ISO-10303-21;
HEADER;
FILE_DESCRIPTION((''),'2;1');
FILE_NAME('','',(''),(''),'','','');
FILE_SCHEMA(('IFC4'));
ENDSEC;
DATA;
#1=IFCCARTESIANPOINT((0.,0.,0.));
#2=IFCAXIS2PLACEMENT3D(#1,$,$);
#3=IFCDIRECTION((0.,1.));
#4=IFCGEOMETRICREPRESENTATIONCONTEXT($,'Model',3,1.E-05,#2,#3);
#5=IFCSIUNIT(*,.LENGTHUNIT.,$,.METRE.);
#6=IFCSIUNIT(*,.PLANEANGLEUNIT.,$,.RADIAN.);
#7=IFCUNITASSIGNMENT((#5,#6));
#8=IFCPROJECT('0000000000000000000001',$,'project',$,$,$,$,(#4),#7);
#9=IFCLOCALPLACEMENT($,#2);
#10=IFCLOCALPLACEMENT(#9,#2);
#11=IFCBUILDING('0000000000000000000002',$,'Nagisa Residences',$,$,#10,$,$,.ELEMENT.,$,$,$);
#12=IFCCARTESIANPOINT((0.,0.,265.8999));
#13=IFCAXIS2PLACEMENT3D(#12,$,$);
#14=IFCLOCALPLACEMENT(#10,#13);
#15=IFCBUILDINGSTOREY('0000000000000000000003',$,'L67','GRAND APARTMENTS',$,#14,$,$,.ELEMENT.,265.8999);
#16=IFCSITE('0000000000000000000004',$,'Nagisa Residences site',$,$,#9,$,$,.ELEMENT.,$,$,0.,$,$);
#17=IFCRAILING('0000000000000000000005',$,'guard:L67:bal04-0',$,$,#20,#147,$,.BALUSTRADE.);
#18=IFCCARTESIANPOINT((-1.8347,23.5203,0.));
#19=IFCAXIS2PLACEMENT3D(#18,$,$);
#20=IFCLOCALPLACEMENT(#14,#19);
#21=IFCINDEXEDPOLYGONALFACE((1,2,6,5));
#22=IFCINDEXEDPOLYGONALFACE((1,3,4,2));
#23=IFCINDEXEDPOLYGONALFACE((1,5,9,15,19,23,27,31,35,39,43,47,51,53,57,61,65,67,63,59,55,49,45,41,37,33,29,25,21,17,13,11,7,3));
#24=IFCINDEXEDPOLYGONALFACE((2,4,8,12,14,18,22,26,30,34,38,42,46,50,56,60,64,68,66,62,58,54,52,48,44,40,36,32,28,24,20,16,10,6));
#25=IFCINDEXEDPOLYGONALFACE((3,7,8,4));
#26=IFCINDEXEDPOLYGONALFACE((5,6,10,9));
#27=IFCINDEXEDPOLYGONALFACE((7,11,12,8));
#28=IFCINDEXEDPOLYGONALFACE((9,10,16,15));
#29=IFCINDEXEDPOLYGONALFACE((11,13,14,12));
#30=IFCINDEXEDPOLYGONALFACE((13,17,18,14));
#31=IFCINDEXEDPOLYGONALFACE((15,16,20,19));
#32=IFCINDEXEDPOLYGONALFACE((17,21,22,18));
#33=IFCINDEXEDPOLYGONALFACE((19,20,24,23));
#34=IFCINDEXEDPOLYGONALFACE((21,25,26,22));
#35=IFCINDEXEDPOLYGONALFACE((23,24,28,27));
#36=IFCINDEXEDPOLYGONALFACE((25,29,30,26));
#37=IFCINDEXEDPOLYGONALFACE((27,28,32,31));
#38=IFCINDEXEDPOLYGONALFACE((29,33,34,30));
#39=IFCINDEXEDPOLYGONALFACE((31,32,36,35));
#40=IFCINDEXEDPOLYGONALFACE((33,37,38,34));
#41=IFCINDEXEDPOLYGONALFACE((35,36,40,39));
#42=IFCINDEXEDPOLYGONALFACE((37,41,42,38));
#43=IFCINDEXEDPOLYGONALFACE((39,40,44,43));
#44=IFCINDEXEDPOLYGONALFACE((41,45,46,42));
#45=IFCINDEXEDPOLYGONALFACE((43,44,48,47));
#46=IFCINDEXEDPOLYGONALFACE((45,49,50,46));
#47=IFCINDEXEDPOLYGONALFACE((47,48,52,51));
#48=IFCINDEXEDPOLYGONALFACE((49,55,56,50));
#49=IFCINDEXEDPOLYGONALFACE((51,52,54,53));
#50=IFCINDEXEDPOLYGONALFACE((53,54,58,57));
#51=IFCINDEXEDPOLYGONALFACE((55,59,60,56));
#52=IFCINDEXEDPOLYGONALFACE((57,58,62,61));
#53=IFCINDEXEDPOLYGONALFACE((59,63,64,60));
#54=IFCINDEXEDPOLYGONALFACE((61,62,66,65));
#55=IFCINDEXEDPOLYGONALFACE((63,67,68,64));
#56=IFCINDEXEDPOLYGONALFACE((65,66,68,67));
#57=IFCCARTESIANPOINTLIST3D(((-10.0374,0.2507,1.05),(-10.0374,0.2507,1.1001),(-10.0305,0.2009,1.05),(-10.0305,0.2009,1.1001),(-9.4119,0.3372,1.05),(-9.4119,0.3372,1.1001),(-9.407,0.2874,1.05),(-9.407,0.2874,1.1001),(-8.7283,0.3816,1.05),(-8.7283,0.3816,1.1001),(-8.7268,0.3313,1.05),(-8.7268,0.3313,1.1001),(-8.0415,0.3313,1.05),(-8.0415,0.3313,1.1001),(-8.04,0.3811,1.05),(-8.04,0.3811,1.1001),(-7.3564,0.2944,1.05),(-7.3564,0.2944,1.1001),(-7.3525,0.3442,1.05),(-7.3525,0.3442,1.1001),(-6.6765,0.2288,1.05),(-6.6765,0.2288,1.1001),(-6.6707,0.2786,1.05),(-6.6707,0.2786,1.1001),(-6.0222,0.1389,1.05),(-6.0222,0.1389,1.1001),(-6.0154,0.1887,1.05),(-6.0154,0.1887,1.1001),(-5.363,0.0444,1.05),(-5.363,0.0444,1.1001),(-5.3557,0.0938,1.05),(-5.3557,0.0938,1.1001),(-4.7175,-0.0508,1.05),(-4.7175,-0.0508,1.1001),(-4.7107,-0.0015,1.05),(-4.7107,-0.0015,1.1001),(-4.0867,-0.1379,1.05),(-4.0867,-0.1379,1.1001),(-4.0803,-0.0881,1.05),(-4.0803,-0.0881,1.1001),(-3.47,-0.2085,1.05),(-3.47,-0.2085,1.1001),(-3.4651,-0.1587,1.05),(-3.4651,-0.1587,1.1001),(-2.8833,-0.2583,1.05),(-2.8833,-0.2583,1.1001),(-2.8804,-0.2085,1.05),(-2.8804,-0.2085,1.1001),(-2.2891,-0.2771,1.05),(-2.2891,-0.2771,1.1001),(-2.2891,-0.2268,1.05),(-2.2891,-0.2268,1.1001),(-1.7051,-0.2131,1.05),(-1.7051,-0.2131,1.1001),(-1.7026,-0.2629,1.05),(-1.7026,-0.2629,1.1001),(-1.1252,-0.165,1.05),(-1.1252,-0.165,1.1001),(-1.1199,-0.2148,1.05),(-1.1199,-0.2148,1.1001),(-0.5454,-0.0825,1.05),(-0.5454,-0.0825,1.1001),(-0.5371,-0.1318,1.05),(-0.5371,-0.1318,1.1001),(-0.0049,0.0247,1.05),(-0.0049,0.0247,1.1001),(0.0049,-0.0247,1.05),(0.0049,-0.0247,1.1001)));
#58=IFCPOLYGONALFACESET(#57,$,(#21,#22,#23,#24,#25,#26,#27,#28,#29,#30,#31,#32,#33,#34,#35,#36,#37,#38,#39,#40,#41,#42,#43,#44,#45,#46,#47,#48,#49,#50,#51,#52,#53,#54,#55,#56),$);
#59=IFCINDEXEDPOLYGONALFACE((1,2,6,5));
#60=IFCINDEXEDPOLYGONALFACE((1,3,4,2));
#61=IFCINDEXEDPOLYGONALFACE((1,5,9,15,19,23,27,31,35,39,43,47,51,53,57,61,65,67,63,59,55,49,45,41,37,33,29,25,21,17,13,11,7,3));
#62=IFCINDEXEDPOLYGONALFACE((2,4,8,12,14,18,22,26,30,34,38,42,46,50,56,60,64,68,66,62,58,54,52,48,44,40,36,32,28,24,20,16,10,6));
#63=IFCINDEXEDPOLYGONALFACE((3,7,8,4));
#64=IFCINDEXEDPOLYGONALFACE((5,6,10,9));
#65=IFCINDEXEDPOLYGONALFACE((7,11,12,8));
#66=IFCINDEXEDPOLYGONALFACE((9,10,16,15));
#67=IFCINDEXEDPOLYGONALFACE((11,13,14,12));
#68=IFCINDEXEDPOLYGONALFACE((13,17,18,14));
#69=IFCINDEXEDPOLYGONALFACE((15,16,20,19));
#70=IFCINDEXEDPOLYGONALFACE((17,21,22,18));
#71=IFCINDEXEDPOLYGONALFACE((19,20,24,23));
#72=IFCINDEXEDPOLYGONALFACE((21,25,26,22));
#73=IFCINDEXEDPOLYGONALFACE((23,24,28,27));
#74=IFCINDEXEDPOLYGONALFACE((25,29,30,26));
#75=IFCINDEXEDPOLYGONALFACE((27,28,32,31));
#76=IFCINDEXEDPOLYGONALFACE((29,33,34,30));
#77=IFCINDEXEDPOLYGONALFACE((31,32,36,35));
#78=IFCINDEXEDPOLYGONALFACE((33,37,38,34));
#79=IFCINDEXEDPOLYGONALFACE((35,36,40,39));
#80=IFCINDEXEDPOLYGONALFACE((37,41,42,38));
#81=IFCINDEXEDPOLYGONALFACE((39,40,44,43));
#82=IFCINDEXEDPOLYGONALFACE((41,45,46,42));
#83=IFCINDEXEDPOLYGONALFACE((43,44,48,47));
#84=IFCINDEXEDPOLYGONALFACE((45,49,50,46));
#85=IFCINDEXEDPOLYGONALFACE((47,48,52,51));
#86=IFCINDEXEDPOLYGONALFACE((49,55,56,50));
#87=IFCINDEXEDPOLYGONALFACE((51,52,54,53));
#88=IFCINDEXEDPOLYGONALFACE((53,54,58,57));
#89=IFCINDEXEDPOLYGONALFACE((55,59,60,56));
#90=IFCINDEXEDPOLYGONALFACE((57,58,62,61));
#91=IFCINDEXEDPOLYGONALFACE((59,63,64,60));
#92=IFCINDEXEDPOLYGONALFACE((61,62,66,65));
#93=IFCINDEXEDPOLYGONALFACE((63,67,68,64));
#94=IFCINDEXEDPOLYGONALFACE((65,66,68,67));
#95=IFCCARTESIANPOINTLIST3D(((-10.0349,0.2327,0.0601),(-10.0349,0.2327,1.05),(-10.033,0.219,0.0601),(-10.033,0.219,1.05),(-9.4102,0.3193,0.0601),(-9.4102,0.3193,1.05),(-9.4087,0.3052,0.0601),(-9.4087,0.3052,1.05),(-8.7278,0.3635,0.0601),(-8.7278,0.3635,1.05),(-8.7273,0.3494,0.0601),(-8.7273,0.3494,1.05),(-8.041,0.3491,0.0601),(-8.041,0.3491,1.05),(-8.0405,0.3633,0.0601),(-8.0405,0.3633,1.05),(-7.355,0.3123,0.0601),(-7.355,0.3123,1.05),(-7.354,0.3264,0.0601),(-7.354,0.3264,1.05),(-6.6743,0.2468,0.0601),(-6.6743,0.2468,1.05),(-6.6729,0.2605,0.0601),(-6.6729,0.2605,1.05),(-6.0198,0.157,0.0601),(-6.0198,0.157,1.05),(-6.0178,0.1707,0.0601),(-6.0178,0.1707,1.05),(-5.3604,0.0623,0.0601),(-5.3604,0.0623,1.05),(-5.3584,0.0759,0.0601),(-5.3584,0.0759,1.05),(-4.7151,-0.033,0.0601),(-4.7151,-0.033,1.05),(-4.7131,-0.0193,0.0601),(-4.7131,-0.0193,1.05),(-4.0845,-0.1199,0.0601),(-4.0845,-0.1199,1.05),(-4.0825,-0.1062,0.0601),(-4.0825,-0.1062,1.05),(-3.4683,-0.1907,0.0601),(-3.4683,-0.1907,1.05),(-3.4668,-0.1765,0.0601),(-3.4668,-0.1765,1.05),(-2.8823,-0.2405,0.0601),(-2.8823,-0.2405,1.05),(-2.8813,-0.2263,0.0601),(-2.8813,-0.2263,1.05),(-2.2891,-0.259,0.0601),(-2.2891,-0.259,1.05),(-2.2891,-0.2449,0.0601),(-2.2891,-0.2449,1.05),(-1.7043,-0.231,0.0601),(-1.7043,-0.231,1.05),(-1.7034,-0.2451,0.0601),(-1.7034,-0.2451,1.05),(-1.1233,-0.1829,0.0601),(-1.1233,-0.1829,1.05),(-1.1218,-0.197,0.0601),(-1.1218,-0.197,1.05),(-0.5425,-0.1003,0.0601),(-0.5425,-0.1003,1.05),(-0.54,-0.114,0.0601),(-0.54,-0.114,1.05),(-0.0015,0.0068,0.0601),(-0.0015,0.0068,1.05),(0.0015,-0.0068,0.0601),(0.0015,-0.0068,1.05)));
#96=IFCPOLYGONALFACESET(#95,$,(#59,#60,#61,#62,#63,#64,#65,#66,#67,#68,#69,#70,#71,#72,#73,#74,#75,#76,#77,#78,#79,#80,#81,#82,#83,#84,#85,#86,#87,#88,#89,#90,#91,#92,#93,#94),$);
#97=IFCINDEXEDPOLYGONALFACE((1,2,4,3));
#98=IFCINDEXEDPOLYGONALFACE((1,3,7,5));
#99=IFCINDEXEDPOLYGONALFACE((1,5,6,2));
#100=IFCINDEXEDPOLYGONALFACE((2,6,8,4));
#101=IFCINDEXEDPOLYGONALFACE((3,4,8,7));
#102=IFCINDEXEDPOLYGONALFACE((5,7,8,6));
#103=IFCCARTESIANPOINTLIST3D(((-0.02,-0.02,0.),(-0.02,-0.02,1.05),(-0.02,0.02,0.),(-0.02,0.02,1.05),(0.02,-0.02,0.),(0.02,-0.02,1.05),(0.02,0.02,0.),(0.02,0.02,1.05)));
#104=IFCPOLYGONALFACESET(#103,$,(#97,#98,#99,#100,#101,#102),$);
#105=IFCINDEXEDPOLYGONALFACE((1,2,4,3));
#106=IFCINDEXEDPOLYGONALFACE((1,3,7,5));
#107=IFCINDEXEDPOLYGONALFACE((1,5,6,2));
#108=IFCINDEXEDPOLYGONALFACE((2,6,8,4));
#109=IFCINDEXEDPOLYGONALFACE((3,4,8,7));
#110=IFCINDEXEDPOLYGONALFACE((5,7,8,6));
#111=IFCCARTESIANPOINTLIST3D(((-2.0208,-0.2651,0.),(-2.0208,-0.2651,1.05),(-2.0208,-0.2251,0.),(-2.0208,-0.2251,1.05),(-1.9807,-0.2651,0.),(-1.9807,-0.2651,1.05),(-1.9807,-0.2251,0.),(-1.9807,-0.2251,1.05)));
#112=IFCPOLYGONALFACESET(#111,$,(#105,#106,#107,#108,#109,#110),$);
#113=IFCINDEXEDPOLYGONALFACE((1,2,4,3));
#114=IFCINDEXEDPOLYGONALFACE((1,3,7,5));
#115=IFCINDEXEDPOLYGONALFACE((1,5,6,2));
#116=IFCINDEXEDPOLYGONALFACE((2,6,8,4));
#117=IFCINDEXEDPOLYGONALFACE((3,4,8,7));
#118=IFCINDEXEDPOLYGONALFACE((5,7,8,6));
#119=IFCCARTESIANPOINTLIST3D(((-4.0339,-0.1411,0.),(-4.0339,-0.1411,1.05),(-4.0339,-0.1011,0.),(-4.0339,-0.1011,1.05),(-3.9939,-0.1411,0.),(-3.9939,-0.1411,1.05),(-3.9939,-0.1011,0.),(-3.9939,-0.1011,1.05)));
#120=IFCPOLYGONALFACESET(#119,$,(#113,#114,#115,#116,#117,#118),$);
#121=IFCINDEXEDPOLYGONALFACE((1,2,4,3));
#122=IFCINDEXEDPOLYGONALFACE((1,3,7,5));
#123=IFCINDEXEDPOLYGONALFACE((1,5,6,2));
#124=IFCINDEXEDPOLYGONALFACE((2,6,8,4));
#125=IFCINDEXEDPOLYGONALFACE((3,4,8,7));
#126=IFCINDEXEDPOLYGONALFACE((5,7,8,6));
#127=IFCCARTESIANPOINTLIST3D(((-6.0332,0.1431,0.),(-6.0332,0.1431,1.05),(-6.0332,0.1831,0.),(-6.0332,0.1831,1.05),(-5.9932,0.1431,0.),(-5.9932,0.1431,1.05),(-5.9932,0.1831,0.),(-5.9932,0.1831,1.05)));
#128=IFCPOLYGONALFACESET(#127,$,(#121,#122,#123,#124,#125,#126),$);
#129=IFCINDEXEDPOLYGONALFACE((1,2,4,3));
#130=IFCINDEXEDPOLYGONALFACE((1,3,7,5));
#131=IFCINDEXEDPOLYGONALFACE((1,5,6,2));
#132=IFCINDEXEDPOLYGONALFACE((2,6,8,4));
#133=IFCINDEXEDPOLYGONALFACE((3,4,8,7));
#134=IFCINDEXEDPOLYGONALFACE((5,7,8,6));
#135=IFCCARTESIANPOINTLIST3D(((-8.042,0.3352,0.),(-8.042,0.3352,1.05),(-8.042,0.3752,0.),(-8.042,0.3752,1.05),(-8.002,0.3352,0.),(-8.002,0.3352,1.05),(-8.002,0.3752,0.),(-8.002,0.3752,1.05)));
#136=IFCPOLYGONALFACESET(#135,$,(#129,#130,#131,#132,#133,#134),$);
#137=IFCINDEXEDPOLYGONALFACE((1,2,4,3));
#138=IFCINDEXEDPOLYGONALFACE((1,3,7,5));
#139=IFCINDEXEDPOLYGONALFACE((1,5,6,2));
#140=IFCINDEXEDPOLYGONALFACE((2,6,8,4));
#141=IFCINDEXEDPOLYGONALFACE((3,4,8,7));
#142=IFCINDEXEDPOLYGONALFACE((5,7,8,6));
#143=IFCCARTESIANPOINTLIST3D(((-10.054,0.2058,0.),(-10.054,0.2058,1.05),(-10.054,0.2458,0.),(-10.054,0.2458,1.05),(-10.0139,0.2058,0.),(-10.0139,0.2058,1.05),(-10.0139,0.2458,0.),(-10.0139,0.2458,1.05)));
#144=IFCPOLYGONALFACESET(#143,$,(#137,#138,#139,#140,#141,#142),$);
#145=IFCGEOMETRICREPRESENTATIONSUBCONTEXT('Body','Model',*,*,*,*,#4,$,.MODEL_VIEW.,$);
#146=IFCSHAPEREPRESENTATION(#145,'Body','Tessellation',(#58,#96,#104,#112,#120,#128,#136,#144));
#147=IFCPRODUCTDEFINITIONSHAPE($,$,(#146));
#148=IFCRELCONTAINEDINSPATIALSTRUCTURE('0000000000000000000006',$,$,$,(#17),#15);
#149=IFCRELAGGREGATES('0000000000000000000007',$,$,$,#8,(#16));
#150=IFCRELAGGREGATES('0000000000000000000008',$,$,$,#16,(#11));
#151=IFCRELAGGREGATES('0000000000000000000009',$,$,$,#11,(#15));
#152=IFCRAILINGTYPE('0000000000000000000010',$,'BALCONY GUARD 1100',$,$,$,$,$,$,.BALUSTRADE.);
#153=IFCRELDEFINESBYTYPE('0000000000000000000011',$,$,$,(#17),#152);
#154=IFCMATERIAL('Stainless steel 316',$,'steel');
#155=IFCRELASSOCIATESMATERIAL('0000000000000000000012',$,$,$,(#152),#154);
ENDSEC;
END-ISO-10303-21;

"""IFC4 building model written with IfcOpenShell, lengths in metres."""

from ifc_helpers import new_model, si_unit, direction, frame, origin, origin_2d, place, context, subcontext, project, spatial, polyline, rectangle, outline, extrude, material, type_object, element, save


model = new_model("IFC4")

# Units and contexts
model_context = context("Model", 3, precision=1e-05, world=origin(), true_north=direction((0.0, 1.0)))
body_context = subcontext(model_context, "Body", "Model", "MODEL_VIEW")
ifc_project = project(units=[si_unit("LENGTHUNIT", "METRE"), si_unit("PLANEANGLEUNIT", "RADIAN")], contexts=[model_context])

# Site, building, storey
site_placement = place(None, origin())
site = spatial("IfcSite", under=ifc_project, at=site_placement, Name="Nagisa Residences site", CompositionType="ELEMENT", RefElevation=0.0)
building_placement = place(site_placement, origin())
building = spatial("IfcBuilding", under=site, at=building_placement, Name="Nagisa Residences", CompositionType="ELEMENT")
storey_placement = place(building_placement, frame((0.0, 0.0, 265.8999)))
storey = spatial("IfcBuildingStorey", under=building, at=storey_placement, Name="L67", Description="GRAND APARTMENTS", CompositionType="ELEMENT", Elevation=265.8999)

# Railing
ifc_material_1 = material(Name="Stainless steel 316", Category="steel")
railing_type = type_object("IfcRailingType", Name="BALCONY GUARD 1100", PredefinedType="BALUSTRADE", material=ifc_material_1)
railing_placement = place(storey_placement, frame((-1.8347, 23.5203, 0.0)))
element("IfcRailing", 1, at=railing_placement, inside=storey, type_object=railing_type, Name="guard:L67:bal04-0", PredefinedType="BALUSTRADE", context=body_context, shape_type="SweptSolid", body=[
    extrude(outline(polyline([(-0.5371, -0.1318), (0.0049, -0.0247), (-0.0049, 0.0247), (-0.5454, -0.0825), (-1.1252, -0.165), (-1.7051, -0.2131), (-2.2891, -0.2268), (-2.8804, -0.2085), (-3.4651, -0.1587), (-4.0803, -0.0881), (-4.7107, -0.0015), (-5.3557, 0.0938), (-6.0154, 0.1887), (-6.6707, 0.2786), (-7.3525, 0.3442), (-8.04, 0.3811), (-8.7283, 0.3816), (-9.4119, 0.3372), (-10.0374, 0.2507), (-10.0305, 0.2009), (-9.407, 0.2874), (-8.7268, 0.3313), (-8.0415, 0.3313), (-7.3564, 0.2944), (-6.6765, 0.2288), (-6.0222, 0.1389), (-5.363, 0.0444), (-4.7175, -0.0508), (-4.0867, -0.1379), (-3.47, -0.2085), (-2.8833, -0.2583), (-2.2891, -0.2771), (-1.7026, -0.2629), (-1.1199, -0.2148), (-0.5371, -0.1318)])), frame((0.0, 0.0, 1.05)), (0.0, 0.0, 1.0), 0.05),
    extrude(outline(polyline([(-0.54, -0.114), (0.0015, -0.0068), (-0.0015, 0.0068), (-0.5425, -0.1003), (-1.1233, -0.1829), (-1.7043, -0.231), (-2.2891, -0.2449), (-2.8813, -0.2263), (-3.4668, -0.1765), (-4.0825, -0.1062), (-4.7131, -0.0193), (-5.3584, 0.0759), (-6.0178, 0.1707), (-6.6729, 0.2605), (-7.354, 0.3264), (-8.0405, 0.3633), (-8.7278, 0.3635), (-9.4102, 0.3193), (-10.0349, 0.2327), (-10.033, 0.219), (-9.4087, 0.3052), (-8.7273, 0.3494), (-8.041, 0.3491), (-7.355, 0.3123), (-6.6743, 0.2468), (-6.0198, 0.157), (-5.3604, 0.0623), (-4.7151, -0.033), (-4.0845, -0.1199), (-3.4683, -0.1907), (-2.8823, -0.2405), (-2.2891, -0.259), (-1.7034, -0.2451), (-1.1218, -0.197), (-0.54, -0.114)])), frame((0.0, 0.0, 0.0601)), (0.0, 0.0, 1.0), 0.99),
    extrude(rectangle(XDim=0.04, YDim=0.04, at=origin_2d()), origin(), (0.0, 0.0, 1.0), 1.05),
    extrude(rectangle(XDim=0.04, YDim=0.04, at=origin_2d()), frame((-2.0007, -0.2451, 0.0)), (0.0, 0.0, 1.0), 1.05),
    extrude(rectangle(XDim=0.04, YDim=0.04, at=origin_2d()), frame((-4.0139, -0.1211, 0.0)), (0.0, 0.0, 1.0), 1.05),
    extrude(rectangle(XDim=0.04, YDim=0.04, at=origin_2d()), frame((-6.0132, 0.1631, 0.0)), (0.0, 0.0, 1.0), 1.05),
    extrude(rectangle(XDim=0.04, YDim=0.04, at=origin_2d()), frame((-8.022, 0.3552, 0.0)), (0.0, 0.0, 1.0), 1.05),
    extrude(rectangle(XDim=0.04, YDim=0.04, at=origin_2d()), frame((-10.0339, 0.2258, 0.0)), (0.0, 0.0, 1.0), 1.05),
])

save(model, "model.ifc")
